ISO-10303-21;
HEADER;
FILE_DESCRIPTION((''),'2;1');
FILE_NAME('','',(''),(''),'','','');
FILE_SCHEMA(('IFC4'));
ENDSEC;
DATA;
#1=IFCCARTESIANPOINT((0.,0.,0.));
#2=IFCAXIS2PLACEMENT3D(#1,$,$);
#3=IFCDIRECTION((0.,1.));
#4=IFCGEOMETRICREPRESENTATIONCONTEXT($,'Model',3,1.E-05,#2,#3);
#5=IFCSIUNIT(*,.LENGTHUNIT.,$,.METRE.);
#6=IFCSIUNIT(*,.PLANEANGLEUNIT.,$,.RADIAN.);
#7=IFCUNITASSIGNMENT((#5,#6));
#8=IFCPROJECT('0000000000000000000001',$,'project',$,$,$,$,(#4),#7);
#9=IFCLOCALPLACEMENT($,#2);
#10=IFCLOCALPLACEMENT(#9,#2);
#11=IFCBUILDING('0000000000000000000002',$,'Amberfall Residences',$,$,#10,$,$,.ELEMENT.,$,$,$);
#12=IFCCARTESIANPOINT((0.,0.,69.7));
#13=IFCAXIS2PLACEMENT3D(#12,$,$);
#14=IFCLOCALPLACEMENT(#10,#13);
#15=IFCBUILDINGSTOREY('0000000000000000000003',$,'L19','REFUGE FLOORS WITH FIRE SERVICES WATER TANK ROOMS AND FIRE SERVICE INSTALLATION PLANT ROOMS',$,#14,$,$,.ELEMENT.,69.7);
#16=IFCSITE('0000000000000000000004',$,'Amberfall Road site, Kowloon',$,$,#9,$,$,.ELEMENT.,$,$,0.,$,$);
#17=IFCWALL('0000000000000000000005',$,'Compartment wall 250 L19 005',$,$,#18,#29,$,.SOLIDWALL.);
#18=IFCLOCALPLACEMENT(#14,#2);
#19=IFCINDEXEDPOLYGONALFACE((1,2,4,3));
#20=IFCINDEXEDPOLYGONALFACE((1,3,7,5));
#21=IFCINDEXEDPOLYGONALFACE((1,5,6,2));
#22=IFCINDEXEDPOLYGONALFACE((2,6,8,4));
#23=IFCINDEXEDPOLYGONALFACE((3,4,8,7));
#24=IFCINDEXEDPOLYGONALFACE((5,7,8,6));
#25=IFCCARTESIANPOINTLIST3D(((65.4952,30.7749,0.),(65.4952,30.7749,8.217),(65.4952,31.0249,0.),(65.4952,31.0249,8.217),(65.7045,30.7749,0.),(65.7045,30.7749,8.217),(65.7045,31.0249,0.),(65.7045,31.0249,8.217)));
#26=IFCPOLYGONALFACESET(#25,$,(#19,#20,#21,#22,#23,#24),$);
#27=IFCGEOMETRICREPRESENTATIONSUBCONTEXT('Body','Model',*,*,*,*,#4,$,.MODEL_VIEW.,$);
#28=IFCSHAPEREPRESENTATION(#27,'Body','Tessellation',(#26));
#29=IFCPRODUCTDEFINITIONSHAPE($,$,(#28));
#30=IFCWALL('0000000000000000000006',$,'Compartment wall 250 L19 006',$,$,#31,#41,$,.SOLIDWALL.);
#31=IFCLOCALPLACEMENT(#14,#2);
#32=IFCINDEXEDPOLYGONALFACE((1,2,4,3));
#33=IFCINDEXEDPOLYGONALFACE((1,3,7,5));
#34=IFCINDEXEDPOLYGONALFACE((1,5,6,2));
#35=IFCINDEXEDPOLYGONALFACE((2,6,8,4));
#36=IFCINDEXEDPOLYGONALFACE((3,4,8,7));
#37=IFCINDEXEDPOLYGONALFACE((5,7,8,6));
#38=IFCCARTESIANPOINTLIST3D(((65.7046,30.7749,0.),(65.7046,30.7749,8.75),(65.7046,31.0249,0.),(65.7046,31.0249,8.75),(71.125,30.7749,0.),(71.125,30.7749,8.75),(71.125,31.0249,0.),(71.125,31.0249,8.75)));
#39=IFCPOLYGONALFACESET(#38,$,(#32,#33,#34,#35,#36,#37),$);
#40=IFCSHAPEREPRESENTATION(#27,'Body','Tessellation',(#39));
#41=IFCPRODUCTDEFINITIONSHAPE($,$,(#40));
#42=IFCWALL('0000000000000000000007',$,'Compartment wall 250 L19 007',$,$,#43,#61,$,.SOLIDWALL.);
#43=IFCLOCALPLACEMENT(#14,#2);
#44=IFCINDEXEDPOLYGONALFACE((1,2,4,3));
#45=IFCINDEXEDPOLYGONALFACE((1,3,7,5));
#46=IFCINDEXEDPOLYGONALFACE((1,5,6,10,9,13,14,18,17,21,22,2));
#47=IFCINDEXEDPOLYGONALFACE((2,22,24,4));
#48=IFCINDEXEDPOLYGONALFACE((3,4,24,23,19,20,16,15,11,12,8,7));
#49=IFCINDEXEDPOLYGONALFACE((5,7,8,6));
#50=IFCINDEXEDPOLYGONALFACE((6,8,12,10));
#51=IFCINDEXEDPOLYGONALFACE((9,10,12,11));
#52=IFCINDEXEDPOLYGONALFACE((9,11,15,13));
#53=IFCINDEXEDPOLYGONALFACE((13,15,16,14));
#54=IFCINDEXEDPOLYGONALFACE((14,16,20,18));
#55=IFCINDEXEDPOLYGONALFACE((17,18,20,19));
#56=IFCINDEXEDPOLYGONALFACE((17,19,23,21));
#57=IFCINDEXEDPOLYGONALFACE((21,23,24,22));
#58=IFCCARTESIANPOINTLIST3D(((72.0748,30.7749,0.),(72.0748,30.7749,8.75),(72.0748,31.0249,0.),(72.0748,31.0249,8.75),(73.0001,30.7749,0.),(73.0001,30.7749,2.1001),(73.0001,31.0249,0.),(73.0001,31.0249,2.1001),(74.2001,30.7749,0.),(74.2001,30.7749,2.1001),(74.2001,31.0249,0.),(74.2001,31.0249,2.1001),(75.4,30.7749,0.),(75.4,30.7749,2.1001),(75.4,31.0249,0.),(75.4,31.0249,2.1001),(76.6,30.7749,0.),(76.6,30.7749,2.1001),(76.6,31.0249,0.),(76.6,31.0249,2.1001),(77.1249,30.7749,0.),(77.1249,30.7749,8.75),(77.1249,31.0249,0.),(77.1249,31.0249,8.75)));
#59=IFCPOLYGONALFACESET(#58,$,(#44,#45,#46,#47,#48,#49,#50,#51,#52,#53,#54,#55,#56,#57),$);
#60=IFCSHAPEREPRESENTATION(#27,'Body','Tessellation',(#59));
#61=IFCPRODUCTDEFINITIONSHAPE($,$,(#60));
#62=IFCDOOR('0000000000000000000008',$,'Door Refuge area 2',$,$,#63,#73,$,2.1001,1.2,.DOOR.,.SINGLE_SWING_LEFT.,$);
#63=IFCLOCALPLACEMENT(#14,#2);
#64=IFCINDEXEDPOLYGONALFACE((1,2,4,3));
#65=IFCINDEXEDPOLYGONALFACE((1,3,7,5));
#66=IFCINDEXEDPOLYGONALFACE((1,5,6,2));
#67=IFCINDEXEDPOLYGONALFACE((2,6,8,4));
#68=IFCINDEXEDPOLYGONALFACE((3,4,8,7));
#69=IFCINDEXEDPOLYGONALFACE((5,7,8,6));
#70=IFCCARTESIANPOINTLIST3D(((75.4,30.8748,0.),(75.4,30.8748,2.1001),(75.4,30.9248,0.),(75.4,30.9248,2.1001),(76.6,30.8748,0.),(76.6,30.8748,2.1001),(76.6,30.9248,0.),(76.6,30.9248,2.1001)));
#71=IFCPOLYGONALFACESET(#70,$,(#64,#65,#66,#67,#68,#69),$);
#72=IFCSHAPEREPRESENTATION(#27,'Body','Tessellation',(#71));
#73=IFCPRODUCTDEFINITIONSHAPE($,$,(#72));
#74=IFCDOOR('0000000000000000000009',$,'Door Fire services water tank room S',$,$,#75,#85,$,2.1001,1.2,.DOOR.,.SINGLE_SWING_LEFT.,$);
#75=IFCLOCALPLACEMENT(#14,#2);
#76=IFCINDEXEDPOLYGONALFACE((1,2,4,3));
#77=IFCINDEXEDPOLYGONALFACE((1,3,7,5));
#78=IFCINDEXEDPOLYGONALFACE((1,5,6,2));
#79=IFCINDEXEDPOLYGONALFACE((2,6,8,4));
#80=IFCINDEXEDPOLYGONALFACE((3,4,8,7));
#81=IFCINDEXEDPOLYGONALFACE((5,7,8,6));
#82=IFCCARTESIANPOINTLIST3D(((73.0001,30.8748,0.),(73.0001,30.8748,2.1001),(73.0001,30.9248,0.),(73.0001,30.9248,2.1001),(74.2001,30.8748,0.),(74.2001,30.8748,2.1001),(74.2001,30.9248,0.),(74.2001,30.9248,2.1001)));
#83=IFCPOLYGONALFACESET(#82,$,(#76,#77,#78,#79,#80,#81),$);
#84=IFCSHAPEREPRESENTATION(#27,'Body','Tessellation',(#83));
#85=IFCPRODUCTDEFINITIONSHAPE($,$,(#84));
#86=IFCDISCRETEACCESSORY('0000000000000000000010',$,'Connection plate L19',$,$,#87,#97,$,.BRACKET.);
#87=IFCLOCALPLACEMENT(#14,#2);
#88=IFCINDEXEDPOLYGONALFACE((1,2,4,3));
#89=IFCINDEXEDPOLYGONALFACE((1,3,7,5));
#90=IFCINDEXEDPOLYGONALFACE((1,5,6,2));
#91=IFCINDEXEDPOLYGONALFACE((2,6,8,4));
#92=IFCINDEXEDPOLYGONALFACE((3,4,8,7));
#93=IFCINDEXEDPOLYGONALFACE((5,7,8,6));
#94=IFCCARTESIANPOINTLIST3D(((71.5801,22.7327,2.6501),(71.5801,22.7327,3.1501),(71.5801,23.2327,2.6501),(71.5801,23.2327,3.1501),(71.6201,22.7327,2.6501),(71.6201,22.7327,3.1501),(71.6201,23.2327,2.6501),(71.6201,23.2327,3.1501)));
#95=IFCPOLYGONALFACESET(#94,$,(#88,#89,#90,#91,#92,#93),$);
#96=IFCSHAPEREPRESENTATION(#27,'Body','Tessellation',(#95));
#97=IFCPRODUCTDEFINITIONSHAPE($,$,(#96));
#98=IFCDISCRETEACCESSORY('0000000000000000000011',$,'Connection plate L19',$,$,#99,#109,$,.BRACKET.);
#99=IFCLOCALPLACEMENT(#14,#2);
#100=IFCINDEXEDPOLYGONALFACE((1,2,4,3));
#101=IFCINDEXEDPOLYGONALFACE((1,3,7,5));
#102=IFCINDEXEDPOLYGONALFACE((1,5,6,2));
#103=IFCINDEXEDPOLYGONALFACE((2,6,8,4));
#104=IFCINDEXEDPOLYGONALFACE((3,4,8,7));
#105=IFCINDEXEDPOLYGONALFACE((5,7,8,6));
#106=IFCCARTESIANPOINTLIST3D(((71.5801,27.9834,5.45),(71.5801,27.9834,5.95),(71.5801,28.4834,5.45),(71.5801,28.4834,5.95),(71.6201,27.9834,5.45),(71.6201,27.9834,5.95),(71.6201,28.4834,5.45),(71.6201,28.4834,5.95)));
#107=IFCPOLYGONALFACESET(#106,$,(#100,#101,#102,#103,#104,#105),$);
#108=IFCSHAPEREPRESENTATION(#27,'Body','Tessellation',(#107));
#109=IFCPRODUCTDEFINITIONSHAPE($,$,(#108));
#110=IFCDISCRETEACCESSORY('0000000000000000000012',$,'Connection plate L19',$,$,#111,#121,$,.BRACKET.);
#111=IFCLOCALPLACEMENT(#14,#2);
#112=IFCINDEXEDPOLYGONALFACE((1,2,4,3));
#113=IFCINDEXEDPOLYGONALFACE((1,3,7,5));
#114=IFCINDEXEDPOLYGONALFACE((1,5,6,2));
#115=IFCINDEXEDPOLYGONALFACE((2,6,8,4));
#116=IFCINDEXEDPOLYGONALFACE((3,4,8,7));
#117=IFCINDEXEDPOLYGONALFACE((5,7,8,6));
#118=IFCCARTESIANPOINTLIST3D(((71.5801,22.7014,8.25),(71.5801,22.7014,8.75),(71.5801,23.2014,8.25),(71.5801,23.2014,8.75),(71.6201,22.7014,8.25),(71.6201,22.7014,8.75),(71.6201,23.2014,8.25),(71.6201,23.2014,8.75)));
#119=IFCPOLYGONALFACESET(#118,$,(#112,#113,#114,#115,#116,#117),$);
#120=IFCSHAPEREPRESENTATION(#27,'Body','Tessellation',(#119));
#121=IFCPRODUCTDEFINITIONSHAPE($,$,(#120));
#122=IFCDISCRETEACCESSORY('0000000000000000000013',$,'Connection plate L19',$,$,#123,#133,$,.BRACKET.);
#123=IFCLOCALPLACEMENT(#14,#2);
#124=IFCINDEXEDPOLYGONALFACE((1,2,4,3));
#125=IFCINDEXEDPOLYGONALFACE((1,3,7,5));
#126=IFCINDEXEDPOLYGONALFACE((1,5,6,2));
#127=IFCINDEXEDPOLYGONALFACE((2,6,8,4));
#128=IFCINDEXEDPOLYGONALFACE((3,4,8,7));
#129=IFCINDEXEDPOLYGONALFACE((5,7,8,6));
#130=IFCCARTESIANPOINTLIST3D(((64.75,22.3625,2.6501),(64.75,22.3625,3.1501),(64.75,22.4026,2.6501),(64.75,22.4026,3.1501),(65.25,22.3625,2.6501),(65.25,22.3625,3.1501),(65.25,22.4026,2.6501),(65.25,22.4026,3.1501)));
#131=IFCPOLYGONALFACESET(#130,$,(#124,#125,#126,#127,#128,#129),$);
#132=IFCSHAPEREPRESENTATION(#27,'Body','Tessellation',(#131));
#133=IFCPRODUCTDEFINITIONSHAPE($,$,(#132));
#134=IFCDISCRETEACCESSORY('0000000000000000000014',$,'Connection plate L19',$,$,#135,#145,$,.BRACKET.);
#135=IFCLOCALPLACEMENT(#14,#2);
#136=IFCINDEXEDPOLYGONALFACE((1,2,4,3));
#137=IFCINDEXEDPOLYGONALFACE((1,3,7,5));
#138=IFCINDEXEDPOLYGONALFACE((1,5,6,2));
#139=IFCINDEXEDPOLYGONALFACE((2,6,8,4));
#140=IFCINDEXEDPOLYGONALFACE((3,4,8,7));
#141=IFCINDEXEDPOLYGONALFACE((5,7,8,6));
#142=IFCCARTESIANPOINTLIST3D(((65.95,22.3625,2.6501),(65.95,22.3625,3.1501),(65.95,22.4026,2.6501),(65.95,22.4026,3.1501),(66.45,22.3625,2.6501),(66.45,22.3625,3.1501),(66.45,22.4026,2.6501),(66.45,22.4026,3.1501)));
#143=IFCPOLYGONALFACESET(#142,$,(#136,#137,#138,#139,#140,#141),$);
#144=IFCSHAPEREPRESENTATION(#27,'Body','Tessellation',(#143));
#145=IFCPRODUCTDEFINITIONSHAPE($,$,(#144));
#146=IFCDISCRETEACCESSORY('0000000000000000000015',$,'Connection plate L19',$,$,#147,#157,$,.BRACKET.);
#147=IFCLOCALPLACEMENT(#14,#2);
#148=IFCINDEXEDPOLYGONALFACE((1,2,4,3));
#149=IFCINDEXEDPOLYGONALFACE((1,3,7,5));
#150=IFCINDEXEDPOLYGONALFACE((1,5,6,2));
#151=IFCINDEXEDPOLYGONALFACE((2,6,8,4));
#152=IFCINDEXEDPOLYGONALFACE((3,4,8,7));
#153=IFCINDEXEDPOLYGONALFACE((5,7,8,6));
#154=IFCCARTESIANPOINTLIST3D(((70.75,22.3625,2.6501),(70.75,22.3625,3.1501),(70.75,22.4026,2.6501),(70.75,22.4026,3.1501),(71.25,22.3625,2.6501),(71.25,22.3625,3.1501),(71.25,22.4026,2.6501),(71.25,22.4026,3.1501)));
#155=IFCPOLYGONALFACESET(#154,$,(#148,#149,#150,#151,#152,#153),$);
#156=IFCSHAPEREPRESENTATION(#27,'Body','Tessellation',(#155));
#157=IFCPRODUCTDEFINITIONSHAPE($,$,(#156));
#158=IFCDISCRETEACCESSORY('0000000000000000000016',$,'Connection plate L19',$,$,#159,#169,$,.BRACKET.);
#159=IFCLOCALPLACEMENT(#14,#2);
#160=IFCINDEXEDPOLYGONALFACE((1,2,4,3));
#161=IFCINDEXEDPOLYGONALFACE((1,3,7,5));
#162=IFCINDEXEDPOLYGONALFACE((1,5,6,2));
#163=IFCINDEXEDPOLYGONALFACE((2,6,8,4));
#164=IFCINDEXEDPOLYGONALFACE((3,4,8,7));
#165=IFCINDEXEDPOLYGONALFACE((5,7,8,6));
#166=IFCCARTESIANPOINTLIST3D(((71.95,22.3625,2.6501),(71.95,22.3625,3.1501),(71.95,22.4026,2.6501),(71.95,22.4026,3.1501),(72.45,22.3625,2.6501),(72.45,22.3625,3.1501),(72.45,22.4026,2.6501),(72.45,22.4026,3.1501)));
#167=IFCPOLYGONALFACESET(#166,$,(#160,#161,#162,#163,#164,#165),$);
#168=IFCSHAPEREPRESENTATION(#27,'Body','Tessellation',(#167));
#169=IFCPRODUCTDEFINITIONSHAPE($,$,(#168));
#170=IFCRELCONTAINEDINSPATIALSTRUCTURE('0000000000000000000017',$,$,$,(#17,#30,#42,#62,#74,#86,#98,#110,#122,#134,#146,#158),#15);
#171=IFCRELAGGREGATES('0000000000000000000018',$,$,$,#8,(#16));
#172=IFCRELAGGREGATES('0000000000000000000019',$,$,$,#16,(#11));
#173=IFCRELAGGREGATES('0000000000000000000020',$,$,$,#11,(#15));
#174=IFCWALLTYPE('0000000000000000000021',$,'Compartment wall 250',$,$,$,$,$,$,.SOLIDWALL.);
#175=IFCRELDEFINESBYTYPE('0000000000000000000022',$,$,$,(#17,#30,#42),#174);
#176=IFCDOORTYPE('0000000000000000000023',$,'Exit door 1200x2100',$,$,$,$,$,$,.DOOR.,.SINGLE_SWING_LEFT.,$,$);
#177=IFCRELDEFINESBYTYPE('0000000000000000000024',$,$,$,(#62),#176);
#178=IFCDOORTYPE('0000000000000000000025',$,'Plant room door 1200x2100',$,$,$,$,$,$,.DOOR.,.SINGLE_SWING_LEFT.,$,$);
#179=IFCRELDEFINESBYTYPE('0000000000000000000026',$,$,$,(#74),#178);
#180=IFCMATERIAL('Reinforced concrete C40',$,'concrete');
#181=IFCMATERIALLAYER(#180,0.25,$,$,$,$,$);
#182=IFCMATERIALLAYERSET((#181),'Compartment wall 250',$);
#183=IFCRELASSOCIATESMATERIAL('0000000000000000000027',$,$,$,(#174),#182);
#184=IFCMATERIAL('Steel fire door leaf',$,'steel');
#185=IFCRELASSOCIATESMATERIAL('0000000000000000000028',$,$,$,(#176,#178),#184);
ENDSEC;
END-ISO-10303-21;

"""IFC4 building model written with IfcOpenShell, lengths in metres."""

from ifc_helpers import new_model, si_unit, direction, frame, frame_2d, origin, origin_2d, place, context, subcontext, project, spatial, rectangle, extrude, material, layer, layer_set, type_object, element, fill, save


model = new_model("IFC4")

# Units and contexts
model_context = context("Model", 3, precision=1e-05, world=origin(), true_north=direction((0.0, 1.0)))
body_context = subcontext(model_context, "Body", "Model", "MODEL_VIEW")
ifc_project = project(units=[si_unit("LENGTHUNIT", "METRE"), si_unit("PLANEANGLEUNIT", "RADIAN")], contexts=[model_context])

# Site, building, storey
site_placement = place(None, origin())
site = spatial("IfcSite", under=ifc_project, at=site_placement, Name="Amberfall Road site, Kowloon", CompositionType="ELEMENT", RefElevation=0.0)
building_placement = place(site_placement, origin())
building = spatial("IfcBuilding", under=site, at=building_placement, Name="Amberfall Residences", CompositionType="ELEMENT")
storey_placement = place(building_placement, frame((0.0, 0.0, 69.7)))
storey = spatial("IfcBuildingStorey", under=building, at=storey_placement, Name="L19", Description="REFUGE FLOORS WITH FIRE SERVICES WATER TANK ROOMS AND FIRE SERVICE INSTALLATION PLANT ROOMS", CompositionType="ELEMENT", Elevation=69.7)

# Shared definitions
ifc_material_1 = material(Name="Reinforced concrete C40", Category="concrete")
ifc_layer = layer(ifc_material_1, 0.25)
ifc_layer_set = layer_set([ifc_layer], Name="Compartment wall 250")
wall_type = type_object("IfcWallType", Name="Compartment wall 250", PredefinedType="SOLIDWALL", material=ifc_layer_set)

# Shared definitions
ifc_material_2 = material(Name="Steel fire door leaf", Category="steel")

# Walls
wall_1_placement = place(storey_placement, frame((65.4954, 30.8999, 0.0), z_axis=(0.0, 0.0, 1.0), x_axis=(1.0, 0.0, 0.0)))
element("IfcWall", 1, at=wall_1_placement, inside=storey, type_object=wall_type, Name="Compartment wall 250 L19 005", PredefinedType="SOLIDWALL", context=body_context, shape_type="SweptSolid", body=[
    extrude(rectangle(XDim=0.2092, YDim=0.25, at=frame_2d((0.1045, 0.0))), origin(), (0.0, 0.0, 1.0), 8.217),
])
wall_2_placement = place(storey_placement, frame((65.7046, 30.8999, 0.0), z_axis=(0.0, 0.0, 1.0), x_axis=(1.0, 0.0, 0.0)))
element("IfcWall", 2, at=wall_2_placement, inside=storey, type_object=wall_type, Name="Compartment wall 250 L19 006", PredefinedType="SOLIDWALL", context=body_context, shape_type="SweptSolid", body=[
    extrude(rectangle(XDim=5.4204, YDim=0.25, at=frame_2d((2.7102, 0.0))), origin(), (0.0, 0.0, 1.0), 8.75),
])

# Wall, openings, doors
wall_3_placement = place(storey_placement, frame((72.075, 30.8999, 0.0), z_axis=(0.0, 0.0, 1.0), x_axis=(1.0, 0.0, 0.0)))
wall_3 = element("IfcWall", 3, at=wall_3_placement, inside=storey, type_object=wall_type, Name="Compartment wall 250 L19 007", PredefinedType="SOLIDWALL", context=body_context, shape_type="SweptSolid", body=[
    extrude(rectangle(XDim=5.05, YDim=0.25, at=frame_2d((2.5249, 0.0))), origin(), (0.0, 0.0, 1.0), 8.75),
])
opening_1_placement = place(wall_3_placement, frame((0.925, 0.0, 0.0)))
opening_1 = element("IfcOpeningElement", 4, at=opening_1_placement, cuts=wall_3, PredefinedType="OPENING", context=body_context, shape_type="SweptSolid", body=[
    extrude(rectangle(XDim=1.2, YDim=2.1001, at=frame_2d((0.6001, 1.05))), frame((0.0, 0.135, 0.0), z_axis=(0.0, -1.0, 0.0), x_axis=(1.0, 0.0, 0.0)), (0.0, 0.0, 1.0), 0.27),
])
opening_2_placement = place(wall_3_placement, frame((3.325, 0.0, 0.0)))
opening_2 = element("IfcOpeningElement", 5, at=opening_2_placement, cuts=wall_3, PredefinedType="OPENING", context=body_context, shape_type="SweptSolid", body=[
    extrude(rectangle(XDim=1.2, YDim=2.1001, at=frame_2d((0.6001, 1.05))), frame((0.0, 0.135, 0.0), z_axis=(0.0, -1.0, 0.0), x_axis=(1.0, 0.0, 0.0)), (0.0, 0.0, 1.0), 0.27),
])
door_type_1 = type_object("IfcDoorType", Name="Exit door 1200x2100", OperationType="SINGLE_SWING_LEFT", PredefinedType="DOOR", material=ifc_material_2)
door_1_placement = place(opening_2_placement, origin())
door_1 = element("IfcDoor", 6, at=door_1_placement, inside=storey, type_object=door_type_1, Name="Door Refuge area 2", OperationType="SINGLE_SWING_LEFT", OverallHeight=2.1001, OverallWidth=1.2, PredefinedType="DOOR", context=body_context, shape_type="SweptSolid", body=[
    extrude(rectangle(XDim=1.2, YDim=2.1001, at=frame_2d((0.6001, 1.05))), frame((0.0, 0.0249, 0.0), z_axis=(0.0, -1.0, 0.0), x_axis=(1.0, 0.0, 0.0)), (0.0, 0.0, 1.0), 0.05),
])
fill(opening_2, door_1)
door_type_2 = type_object("IfcDoorType", Name="Plant room door 1200x2100", OperationType="SINGLE_SWING_LEFT", PredefinedType="DOOR", material=ifc_material_2)
door_2_placement = place(opening_1_placement, origin())
door_2 = element("IfcDoor", 7, at=door_2_placement, inside=storey, type_object=door_type_2, Name="Door Fire services water tank room S", OperationType="SINGLE_SWING_LEFT", OverallHeight=2.1001, OverallWidth=1.2, PredefinedType="DOOR", context=body_context, shape_type="SweptSolid", body=[
    extrude(rectangle(XDim=1.2, YDim=2.1001, at=frame_2d((0.6001, 1.05))), frame((0.0, 0.0249, 0.0), z_axis=(0.0, -1.0, 0.0), x_axis=(1.0, 0.0, 0.0)), (0.0, 0.0, 1.0), 0.05),
])
fill(opening_1, door_2)

# Discrete accessories
for number, where, z_axis, x_axis, name in (
    (8, (71.6001, 22.9827, 2.6501), (0.0, 0.0, 1.0), (0.0, 1.0, 0.0), "Connection plate L19"),
    (9, (71.6001, 28.2334, 5.45), (0.0, 0.0, 1.0), (0.0, 1.0, 0.0), "Connection plate L19"),
    (10, (71.6001, 22.9514, 8.25), (0.0, 0.0, 1.0), (0.0, 1.0, 0.0), "Connection plate L19"),
    (11, (65.0, 22.3826, 2.6501), (0.0, 0.0, 1.0), (1.0, 0.0, 0.0), "Connection plate L19"),
    (12, (66.2, 22.3826, 2.6501), (0.0, 0.0, 1.0), (1.0, 0.0, 0.0), "Connection plate L19"),
    (13, (71.0, 22.3826, 2.6501), (0.0, 0.0, 1.0), (1.0, 0.0, 0.0), "Connection plate L19"),
    (14, (72.2, 22.3826, 2.6501), (0.0, 0.0, 1.0), (1.0, 0.0, 0.0), "Connection plate L19"),
):
    element("IfcDiscreteAccessory", number, at=place(storey_placement, frame(where, z_axis=z_axis, x_axis=x_axis)), inside=storey, Name=name, PredefinedType="BRACKET", context=body_context, shape_type="SweptSolid", body=[
        extrude(rectangle(XDim=0.5, YDim=0.04, at=origin_2d()), origin(), (0.0, 0.0, 1.0), 0.5),
    ])

save(model, "model.ifc")
